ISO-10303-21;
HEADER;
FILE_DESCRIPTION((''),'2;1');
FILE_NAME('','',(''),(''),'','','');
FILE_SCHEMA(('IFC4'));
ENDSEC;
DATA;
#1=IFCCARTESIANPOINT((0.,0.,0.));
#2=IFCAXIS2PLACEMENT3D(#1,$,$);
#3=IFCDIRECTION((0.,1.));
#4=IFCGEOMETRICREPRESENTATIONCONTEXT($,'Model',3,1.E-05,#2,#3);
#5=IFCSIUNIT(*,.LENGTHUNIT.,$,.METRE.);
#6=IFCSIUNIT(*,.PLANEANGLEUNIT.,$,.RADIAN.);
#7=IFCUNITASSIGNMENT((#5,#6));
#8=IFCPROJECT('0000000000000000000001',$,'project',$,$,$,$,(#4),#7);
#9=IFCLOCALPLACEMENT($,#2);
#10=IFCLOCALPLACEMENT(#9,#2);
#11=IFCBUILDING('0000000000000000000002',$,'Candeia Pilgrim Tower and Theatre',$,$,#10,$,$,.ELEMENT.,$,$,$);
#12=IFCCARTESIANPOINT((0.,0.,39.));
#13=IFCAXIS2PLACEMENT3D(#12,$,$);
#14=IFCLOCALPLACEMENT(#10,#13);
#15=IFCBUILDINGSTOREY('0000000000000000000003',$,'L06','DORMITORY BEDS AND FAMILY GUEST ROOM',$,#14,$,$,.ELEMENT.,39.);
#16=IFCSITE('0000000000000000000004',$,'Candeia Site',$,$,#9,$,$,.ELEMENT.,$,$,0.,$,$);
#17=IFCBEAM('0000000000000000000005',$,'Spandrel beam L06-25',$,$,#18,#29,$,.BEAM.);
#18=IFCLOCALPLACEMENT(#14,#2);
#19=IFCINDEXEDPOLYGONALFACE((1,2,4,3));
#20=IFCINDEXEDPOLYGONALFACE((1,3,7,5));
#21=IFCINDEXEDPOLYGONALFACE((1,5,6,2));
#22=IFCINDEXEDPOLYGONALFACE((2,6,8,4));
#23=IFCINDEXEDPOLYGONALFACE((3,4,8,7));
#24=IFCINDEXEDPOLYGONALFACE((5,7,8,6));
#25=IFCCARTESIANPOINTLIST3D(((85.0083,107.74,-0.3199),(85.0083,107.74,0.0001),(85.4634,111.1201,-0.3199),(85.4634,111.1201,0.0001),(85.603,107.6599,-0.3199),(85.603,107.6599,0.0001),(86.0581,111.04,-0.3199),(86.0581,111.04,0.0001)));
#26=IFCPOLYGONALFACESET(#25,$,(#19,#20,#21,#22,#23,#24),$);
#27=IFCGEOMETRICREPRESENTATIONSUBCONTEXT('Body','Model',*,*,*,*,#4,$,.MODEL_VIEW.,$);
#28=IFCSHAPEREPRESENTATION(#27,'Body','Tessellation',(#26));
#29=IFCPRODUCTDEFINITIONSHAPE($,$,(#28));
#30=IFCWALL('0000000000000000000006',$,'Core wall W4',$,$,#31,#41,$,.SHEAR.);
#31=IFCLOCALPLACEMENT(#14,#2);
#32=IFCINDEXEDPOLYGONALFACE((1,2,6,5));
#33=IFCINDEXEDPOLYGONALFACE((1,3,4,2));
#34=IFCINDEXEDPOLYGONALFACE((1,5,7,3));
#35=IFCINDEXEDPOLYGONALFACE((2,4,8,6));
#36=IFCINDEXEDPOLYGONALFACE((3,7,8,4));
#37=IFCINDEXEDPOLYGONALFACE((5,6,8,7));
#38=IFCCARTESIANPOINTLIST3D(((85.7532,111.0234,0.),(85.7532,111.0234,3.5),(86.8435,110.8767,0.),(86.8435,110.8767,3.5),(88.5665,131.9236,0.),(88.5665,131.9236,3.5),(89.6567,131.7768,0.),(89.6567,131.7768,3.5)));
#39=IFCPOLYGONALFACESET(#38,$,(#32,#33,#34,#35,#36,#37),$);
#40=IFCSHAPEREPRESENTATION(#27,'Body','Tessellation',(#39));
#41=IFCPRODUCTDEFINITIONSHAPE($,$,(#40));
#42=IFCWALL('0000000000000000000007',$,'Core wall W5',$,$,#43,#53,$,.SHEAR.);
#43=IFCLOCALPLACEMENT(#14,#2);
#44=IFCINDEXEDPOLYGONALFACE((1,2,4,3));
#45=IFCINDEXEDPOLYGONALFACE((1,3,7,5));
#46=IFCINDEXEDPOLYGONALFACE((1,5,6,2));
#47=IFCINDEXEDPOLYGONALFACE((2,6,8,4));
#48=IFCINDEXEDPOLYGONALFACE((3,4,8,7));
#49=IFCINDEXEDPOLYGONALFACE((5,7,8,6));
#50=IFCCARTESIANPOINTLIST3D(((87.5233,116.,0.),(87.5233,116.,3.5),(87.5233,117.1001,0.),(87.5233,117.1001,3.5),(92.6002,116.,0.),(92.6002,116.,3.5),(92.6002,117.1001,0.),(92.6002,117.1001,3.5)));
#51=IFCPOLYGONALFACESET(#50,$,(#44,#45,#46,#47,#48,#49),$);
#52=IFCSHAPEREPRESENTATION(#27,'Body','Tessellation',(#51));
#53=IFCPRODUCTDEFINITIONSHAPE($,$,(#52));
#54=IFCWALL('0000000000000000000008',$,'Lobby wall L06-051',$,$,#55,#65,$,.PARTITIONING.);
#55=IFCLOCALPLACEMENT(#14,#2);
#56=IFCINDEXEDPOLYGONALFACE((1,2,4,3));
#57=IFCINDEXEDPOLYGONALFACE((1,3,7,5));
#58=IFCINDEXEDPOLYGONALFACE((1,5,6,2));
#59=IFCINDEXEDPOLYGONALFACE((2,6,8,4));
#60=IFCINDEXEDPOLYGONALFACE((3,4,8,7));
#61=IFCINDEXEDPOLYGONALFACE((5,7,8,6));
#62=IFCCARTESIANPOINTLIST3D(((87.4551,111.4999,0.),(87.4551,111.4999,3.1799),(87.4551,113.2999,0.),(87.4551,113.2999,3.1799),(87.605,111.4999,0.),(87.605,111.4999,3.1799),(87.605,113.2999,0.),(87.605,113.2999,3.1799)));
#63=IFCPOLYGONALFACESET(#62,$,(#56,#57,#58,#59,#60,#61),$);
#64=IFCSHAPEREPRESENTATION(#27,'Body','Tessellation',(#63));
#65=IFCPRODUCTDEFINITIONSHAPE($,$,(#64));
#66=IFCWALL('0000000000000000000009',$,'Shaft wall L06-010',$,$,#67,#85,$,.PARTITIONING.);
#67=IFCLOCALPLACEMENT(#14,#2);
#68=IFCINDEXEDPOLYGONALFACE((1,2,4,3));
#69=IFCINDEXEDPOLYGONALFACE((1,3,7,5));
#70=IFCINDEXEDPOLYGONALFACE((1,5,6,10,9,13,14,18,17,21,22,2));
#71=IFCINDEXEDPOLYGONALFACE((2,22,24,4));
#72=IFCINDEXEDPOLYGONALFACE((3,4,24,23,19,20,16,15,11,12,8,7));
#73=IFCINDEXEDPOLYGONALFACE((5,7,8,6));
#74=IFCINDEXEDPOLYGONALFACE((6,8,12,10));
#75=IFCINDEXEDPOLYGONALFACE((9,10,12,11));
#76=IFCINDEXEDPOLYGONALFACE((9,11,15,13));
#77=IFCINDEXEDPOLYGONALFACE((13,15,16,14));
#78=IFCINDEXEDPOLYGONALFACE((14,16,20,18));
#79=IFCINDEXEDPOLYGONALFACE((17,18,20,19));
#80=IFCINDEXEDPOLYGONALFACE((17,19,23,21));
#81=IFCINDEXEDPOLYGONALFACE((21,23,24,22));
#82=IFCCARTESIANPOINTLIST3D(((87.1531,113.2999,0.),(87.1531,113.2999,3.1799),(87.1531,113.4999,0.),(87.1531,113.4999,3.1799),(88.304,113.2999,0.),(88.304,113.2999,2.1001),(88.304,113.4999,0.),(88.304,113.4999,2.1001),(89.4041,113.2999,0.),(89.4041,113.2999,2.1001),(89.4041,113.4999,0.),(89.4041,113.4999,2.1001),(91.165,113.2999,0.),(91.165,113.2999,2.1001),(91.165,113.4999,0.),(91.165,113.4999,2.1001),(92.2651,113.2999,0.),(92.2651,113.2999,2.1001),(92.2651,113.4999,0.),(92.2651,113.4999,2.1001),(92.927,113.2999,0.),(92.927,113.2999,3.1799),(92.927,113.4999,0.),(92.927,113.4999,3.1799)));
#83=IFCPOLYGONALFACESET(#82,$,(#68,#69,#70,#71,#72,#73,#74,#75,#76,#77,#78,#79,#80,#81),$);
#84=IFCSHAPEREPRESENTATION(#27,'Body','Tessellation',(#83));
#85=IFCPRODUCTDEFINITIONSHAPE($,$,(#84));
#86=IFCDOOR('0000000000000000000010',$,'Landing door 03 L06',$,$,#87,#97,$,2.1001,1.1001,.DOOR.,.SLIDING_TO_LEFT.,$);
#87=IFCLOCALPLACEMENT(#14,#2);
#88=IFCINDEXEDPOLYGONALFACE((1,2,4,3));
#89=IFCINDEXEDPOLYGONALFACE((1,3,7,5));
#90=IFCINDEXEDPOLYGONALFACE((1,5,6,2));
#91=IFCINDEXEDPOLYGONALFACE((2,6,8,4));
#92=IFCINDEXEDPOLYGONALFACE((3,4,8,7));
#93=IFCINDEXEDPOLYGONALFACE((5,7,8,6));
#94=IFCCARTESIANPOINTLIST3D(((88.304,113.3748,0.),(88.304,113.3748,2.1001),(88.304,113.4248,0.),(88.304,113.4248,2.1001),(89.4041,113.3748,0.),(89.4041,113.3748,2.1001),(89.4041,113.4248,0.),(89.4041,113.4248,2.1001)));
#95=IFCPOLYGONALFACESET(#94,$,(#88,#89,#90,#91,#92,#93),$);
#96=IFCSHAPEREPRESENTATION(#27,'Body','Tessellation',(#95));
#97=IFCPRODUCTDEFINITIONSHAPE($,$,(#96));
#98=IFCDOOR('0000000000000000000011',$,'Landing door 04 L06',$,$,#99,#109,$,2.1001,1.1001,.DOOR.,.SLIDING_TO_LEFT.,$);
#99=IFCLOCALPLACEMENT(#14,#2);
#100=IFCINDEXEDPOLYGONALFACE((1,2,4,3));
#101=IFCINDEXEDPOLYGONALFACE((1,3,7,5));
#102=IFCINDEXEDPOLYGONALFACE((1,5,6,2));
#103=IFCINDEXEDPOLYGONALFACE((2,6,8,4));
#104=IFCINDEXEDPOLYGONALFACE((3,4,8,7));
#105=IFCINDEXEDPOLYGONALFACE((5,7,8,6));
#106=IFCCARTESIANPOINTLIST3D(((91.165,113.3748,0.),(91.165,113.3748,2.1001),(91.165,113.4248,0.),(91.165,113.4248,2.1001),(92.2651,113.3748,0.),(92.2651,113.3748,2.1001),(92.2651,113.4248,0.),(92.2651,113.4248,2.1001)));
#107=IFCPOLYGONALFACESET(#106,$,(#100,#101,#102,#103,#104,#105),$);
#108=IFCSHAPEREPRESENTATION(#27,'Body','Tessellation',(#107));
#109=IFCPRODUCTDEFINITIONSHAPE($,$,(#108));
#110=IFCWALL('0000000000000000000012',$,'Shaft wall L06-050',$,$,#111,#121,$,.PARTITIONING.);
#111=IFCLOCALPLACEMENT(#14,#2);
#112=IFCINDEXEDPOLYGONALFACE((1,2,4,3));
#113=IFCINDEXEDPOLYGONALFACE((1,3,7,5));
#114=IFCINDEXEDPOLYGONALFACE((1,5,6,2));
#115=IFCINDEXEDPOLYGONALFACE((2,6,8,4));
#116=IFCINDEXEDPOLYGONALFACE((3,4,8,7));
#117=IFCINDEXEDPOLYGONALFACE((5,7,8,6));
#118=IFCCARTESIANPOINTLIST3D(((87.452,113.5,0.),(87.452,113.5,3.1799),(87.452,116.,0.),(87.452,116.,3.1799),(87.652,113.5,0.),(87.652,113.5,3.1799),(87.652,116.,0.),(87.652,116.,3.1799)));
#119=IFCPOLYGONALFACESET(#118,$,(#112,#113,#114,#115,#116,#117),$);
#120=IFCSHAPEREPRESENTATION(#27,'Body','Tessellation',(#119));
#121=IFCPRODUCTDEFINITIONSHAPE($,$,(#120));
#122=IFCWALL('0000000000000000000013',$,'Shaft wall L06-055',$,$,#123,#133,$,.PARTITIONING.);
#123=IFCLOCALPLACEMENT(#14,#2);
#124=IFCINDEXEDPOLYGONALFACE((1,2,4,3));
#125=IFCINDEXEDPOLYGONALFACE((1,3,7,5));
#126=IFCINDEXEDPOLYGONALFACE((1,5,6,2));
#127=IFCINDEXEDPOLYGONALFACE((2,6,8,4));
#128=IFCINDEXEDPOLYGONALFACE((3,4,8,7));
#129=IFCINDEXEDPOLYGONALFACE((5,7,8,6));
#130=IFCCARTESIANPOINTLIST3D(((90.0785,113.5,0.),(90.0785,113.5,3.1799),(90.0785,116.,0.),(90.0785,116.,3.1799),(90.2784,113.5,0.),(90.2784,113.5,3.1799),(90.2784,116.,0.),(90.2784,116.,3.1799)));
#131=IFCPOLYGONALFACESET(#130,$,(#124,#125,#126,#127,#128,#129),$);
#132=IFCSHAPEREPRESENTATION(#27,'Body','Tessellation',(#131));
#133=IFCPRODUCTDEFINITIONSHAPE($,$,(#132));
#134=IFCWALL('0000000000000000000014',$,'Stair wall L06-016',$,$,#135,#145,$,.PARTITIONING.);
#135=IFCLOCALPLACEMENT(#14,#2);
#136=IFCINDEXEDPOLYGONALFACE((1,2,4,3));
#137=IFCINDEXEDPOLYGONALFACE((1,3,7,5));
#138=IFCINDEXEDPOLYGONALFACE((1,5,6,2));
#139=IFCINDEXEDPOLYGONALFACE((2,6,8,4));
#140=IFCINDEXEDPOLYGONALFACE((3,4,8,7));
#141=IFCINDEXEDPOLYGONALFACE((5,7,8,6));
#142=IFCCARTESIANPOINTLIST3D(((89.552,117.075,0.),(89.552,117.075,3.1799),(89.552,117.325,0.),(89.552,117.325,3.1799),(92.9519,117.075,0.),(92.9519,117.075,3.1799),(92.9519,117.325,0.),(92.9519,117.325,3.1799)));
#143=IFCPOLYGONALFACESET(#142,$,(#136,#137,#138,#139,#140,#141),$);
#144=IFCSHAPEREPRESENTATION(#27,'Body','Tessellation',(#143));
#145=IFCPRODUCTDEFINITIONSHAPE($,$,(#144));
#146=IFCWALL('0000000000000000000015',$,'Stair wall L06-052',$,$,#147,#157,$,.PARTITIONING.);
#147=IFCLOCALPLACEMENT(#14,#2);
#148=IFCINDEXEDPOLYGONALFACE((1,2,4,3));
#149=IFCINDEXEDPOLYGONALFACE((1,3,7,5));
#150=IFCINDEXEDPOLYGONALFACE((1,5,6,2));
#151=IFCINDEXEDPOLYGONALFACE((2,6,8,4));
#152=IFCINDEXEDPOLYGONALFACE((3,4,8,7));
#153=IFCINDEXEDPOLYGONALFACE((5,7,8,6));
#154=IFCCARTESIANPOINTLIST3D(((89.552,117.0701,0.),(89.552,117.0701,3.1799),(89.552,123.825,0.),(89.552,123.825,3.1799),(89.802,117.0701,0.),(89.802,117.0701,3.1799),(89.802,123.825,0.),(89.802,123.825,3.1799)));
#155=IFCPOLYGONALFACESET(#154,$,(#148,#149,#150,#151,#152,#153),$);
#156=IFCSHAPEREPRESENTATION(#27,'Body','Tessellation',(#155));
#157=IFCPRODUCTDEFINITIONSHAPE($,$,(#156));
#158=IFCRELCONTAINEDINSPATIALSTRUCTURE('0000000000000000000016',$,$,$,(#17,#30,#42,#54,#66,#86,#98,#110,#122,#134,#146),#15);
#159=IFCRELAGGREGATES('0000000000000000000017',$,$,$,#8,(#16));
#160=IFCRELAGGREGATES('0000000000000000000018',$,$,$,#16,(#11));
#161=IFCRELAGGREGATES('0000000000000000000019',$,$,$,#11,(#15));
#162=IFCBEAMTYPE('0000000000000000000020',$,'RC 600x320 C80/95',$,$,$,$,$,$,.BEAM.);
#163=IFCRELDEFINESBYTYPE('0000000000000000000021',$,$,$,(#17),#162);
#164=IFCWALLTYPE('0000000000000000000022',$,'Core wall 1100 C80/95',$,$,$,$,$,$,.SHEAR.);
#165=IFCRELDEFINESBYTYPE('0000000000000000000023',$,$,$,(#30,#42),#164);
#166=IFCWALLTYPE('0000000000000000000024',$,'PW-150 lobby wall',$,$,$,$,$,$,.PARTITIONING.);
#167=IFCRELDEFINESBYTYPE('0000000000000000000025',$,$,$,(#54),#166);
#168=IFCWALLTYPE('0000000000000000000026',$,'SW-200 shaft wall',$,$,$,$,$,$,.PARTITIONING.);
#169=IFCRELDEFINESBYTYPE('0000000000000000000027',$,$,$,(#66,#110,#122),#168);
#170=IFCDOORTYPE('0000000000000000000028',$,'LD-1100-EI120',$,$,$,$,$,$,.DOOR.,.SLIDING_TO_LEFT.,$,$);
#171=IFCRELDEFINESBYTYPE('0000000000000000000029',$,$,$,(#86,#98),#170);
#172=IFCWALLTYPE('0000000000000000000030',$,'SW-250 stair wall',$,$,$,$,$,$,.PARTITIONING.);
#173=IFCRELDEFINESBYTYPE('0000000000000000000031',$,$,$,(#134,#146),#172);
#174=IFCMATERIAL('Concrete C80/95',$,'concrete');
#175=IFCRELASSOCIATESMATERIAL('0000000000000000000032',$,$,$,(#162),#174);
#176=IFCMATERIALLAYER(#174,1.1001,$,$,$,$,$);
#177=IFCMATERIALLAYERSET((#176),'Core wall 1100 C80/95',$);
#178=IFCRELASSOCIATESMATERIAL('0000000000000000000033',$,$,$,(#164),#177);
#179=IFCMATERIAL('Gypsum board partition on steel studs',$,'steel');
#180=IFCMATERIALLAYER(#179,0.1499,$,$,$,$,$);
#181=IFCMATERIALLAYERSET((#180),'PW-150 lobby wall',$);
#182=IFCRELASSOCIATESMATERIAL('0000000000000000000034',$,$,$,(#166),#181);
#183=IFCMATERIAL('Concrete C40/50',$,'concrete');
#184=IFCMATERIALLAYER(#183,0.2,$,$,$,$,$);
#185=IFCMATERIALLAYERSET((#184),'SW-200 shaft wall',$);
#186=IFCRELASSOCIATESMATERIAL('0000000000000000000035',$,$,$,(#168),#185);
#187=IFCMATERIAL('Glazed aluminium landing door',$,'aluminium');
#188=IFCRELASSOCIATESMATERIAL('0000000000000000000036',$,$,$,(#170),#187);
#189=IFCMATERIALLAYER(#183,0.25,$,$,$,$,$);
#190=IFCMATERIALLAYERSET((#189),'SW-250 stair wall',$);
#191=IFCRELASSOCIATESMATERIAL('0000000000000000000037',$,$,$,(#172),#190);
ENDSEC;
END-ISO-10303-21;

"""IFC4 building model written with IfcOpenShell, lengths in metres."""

from ifc_helpers import new_model, si_unit, direction, frame, frame_2d, origin, origin_2d, place, context, subcontext, project, spatial, rectangle, extrude, material, layer, layer_set, material_profile, profile_set, type_object, element, fill, save


model = new_model("IFC4")

# Units and contexts
model_context = context("Model", 3, precision=1e-05, world=origin(), true_north=direction((0.0, 1.0)))
body_context = subcontext(model_context, "Body", "Model", "MODEL_VIEW")
ifc_project = project(units=[si_unit("LENGTHUNIT", "METRE"), si_unit("PLANEANGLEUNIT", "RADIAN")], contexts=[model_context])

# Site, building, storey
site_placement = place(None, origin())
site = spatial("IfcSite", under=ifc_project, at=site_placement, Name="Candeia Site", CompositionType="ELEMENT", RefElevation=0.0)
building_placement = place(site_placement, origin())
building = spatial("IfcBuilding", under=site, at=building_placement, Name="Candeia Pilgrim Tower and Theatre", CompositionType="ELEMENT")
storey_placement = place(building_placement, frame((0.0, 0.0, 39.0)))
storey = spatial("IfcBuildingStorey", under=building, at=storey_placement, Name="L06", Description="DORMITORY BEDS AND FAMILY GUEST ROOM", CompositionType="ELEMENT", Elevation=39.0)

# Beam
ifc_material_1 = material(Name="Concrete C80/95", Category="concrete")
ifc_material_profile = material_profile(ifc_material_1, rectangle(XDim=0.6001, YDim=0.3201, at=origin_2d()))
ifc_profile_set = profile_set([ifc_material_profile], Name="Concrete C80/95")
beam_type = type_object("IfcBeamType", Name="RC 600x320 C80/95", PredefinedType="BEAM", material=ifc_profile_set)
beam_placement = place(storey_placement, frame((85.7607, 111.0801, -0.1599), z_axis=(-0.13343, -0.991058, 0.0), x_axis=(0.991058, -0.13343, 0.0)))
element("IfcBeam", 1, at=beam_placement, inside=storey, type_object=beam_type, Name="Spandrel beam L06-25", PredefinedType="BEAM", context=body_context, shape_type="SweptSolid", body=[
    extrude(rectangle(XDim=0.6001, YDim=0.3201, at=origin_2d()), origin(), (0.0, 0.0, 1.0), 3.4106),
])

# Walls
ifc_layer_1 = layer(ifc_material_1, 1.1001)
ifc_layer_set_1 = layer_set([ifc_layer_1], Name="Core wall 1100 C80/95")
wall_type_1 = type_object("IfcWallType", Name="Core wall 1100 C80/95", PredefinedType="SHEAR", material=ifc_layer_set_1)
wall_1_placement = place(storey_placement, frame((86.2983, 110.95, 0.0), z_axis=(0.0, 0.0, 1.0), x_axis=(0.1334, 0.991062, 0.0)))
element("IfcWall", 2, at=wall_1_placement, inside=storey, type_object=wall_type_1, Name="Core wall W4", PredefinedType="SHEAR", context=body_context, shape_type="SweptSolid", body=[
    extrude(rectangle(XDim=21.0886, YDim=1.1001, at=frame_2d((10.5444, 0.0))), origin(), (0.0, 0.0, 1.0), 3.5),
])
wall_2_placement = place(storey_placement, frame((87.5232, 116.55, 0.0), z_axis=(0.0, 0.0, 1.0), x_axis=(1.0, 0.0, 0.0)))
element("IfcWall", 3, at=wall_2_placement, inside=storey, type_object=wall_type_1, Name="Core wall W5", PredefinedType="SHEAR", context=body_context, shape_type="SweptSolid", body=[
    extrude(rectangle(XDim=5.0769, YDim=1.1001, at=frame_2d((2.5386, 0.0))), origin(), (0.0, 0.0, 1.0), 3.5),
])
ifc_material_2 = material(Name="Gypsum board partition on steel studs", Category="steel")
ifc_layer_2 = layer(ifc_material_2, 0.1499)
ifc_layer_set_2 = layer_set([ifc_layer_2], Name="PW-150 lobby wall")
wall_type_2 = type_object("IfcWallType", Name="PW-150 lobby wall", PredefinedType="PARTITIONING", material=ifc_layer_set_2)
wall_3_placement = place(storey_placement, frame((87.53, 111.5, 0.0), z_axis=(0.0, 0.0, 1.0), x_axis=(0.0, 1.0, 0.0)))
element("IfcWall", 4, at=wall_3_placement, inside=storey, type_object=wall_type_2, Name="Lobby wall L06-051", PredefinedType="PARTITIONING", context=body_context, shape_type="SweptSolid", body=[
    extrude(rectangle(XDim=1.8, YDim=0.1499, at=frame_2d((0.8999, 0.0))), origin(), (0.0, 0.0, 1.0), 3.1799),
])

# Wall, openings, doors
ifc_material_3 = material(Name="Concrete C40/50", Category="concrete")
ifc_layer_3 = layer(ifc_material_3, 0.2)
ifc_layer_set_3 = layer_set([ifc_layer_3], Name="SW-200 shaft wall")
wall_type_3 = type_object("IfcWallType", Name="SW-200 shaft wall", PredefinedType="PARTITIONING", material=ifc_layer_set_3)
wall_4_placement = place(storey_placement, frame((87.1531, 113.3999, 0.0), z_axis=(0.0, 0.0, 1.0), x_axis=(1.0, 0.0, 0.0)))
wall_4 = element("IfcWall", 5, at=wall_4_placement, inside=storey, type_object=wall_type_3, Name="Shaft wall L06-010", PredefinedType="PARTITIONING", context=body_context, shape_type="SweptSolid", body=[
    extrude(rectangle(XDim=5.7739, YDim=0.2, at=frame_2d((2.887, 0.0))), origin(), (0.0, 0.0, 1.0), 3.1799),
])
opening_1_placement = place(wall_4_placement, frame((1.1509, 0.0, 0.0)))
opening_1 = element("IfcOpeningElement", 6, at=opening_1_placement, cuts=wall_4, PredefinedType="OPENING", context=body_context, shape_type="SweptSolid", body=[
    extrude(rectangle(XDim=1.1001, YDim=2.1001, at=frame_2d((0.55, 1.05))), frame((0.0, 0.1099, 0.0), z_axis=(0.0, -1.0, 0.0), x_axis=(1.0, 0.0, 0.0)), (0.0, 0.0, 1.0), 0.22),
])
opening_2_placement = place(wall_4_placement, frame((4.012, 0.0, 0.0)))
opening_2 = element("IfcOpeningElement", 7, at=opening_2_placement, cuts=wall_4, PredefinedType="OPENING", context=body_context, shape_type="SweptSolid", body=[
    extrude(rectangle(XDim=1.1001, YDim=2.1001, at=frame_2d((0.55, 1.05))), frame((0.0, 0.1099, 0.0), z_axis=(0.0, -1.0, 0.0), x_axis=(1.0, 0.0, 0.0)), (0.0, 0.0, 1.0), 0.22),
])
ifc_material_4 = material(Name="Glazed aluminium landing door", Category="aluminium")
door_type = type_object("IfcDoorType", Name="LD-1100-EI120", OperationType="SLIDING_TO_LEFT", PredefinedType="DOOR", material=ifc_material_4)
door_1_placement = place(opening_1_placement, origin())
door_1 = element("IfcDoor", 8, at=door_1_placement, inside=storey, type_object=door_type, Name="Landing door 03 L06", OperationType="SLIDING_TO_LEFT", OverallHeight=2.1001, OverallWidth=1.1001, PredefinedType="DOOR", context=body_context, shape_type="SweptSolid", body=[
    extrude(rectangle(XDim=1.1001, YDim=2.1001, at=frame_2d((0.55, 1.05))), frame((0.0, 0.0249, 0.0), z_axis=(0.0, -1.0, 0.0), x_axis=(1.0, 0.0, 0.0)), (0.0, 0.0, 1.0), 0.05),
])
fill(opening_1, door_1)
door_2_placement = place(opening_2_placement, origin())
door_2 = element("IfcDoor", 9, at=door_2_placement, inside=storey, type_object=door_type, Name="Landing door 04 L06", OperationType="SLIDING_TO_LEFT", OverallHeight=2.1001, OverallWidth=1.1001, PredefinedType="DOOR", context=body_context, shape_type="SweptSolid", body=[
    extrude(rectangle(XDim=1.1001, YDim=2.1001, at=frame_2d((0.55, 1.05))), frame((0.0, 0.0249, 0.0), z_axis=(0.0, -1.0, 0.0), x_axis=(1.0, 0.0, 0.0)), (0.0, 0.0, 1.0), 0.05),
])
fill(opening_2, door_2)

# Walls
for number, where, z_axis, x_axis, name in (
    (10, (87.552, 113.5, 0.0), (0.0, 0.0, 1.0), (0.0, 1.0, 0.0), "Shaft wall L06-050"),
    (11, (90.1785, 113.5, 0.0), (0.0, 0.0, 1.0), (0.0, 1.0, 0.0), "Shaft wall L06-055"),
):
    element("IfcWall", number, at=place(storey_placement, frame(where, z_axis=z_axis, x_axis=x_axis)), inside=storey, type_object=wall_type_3, Name=name, PredefinedType="PARTITIONING", context=body_context, shape_type="SweptSolid", body=[
        extrude(rectangle(XDim=2.5, YDim=0.2, at=frame_2d((1.25, 0.0))), origin(), (0.0, 0.0, 1.0), 3.1799),
    ])
ifc_layer_4 = layer(ifc_material_3, 0.25)
ifc_layer_set_4 = layer_set([ifc_layer_4], Name="SW-250 stair wall")
wall_type_4 = type_object("IfcWallType", Name="SW-250 stair wall", PredefinedType="PARTITIONING", material=ifc_layer_set_4)
wall_5_placement = place(storey_placement, frame((89.552, 117.2, 0.0), z_axis=(0.0, 0.0, 1.0), x_axis=(1.0, 0.0, 0.0)))
element("IfcWall", 12, at=wall_5_placement, inside=storey, type_object=wall_type_4, Name="Stair wall L06-016", PredefinedType="PARTITIONING", context=body_context, shape_type="SweptSolid", body=[
    extrude(rectangle(XDim=3.3999, YDim=0.25, at=frame_2d((1.7, 0.0))), origin(), (0.0, 0.0, 1.0), 3.1799),
])
wall_6_placement = place(storey_placement, frame((89.677, 117.0701, 0.0), z_axis=(0.0, 0.0, 1.0), x_axis=(0.0, 1.0, 0.0)))
element("IfcWall", 13, at=wall_6_placement, inside=storey, type_object=wall_type_4, Name="Stair wall L06-052", PredefinedType="PARTITIONING", context=body_context, shape_type="SweptSolid", body=[
    extrude(rectangle(XDim=6.7549, YDim=0.25, at=frame_2d((3.3774, 0.0))), origin(), (0.0, 0.0, 1.0), 3.1799),
])

save(model, "model.ifc")
